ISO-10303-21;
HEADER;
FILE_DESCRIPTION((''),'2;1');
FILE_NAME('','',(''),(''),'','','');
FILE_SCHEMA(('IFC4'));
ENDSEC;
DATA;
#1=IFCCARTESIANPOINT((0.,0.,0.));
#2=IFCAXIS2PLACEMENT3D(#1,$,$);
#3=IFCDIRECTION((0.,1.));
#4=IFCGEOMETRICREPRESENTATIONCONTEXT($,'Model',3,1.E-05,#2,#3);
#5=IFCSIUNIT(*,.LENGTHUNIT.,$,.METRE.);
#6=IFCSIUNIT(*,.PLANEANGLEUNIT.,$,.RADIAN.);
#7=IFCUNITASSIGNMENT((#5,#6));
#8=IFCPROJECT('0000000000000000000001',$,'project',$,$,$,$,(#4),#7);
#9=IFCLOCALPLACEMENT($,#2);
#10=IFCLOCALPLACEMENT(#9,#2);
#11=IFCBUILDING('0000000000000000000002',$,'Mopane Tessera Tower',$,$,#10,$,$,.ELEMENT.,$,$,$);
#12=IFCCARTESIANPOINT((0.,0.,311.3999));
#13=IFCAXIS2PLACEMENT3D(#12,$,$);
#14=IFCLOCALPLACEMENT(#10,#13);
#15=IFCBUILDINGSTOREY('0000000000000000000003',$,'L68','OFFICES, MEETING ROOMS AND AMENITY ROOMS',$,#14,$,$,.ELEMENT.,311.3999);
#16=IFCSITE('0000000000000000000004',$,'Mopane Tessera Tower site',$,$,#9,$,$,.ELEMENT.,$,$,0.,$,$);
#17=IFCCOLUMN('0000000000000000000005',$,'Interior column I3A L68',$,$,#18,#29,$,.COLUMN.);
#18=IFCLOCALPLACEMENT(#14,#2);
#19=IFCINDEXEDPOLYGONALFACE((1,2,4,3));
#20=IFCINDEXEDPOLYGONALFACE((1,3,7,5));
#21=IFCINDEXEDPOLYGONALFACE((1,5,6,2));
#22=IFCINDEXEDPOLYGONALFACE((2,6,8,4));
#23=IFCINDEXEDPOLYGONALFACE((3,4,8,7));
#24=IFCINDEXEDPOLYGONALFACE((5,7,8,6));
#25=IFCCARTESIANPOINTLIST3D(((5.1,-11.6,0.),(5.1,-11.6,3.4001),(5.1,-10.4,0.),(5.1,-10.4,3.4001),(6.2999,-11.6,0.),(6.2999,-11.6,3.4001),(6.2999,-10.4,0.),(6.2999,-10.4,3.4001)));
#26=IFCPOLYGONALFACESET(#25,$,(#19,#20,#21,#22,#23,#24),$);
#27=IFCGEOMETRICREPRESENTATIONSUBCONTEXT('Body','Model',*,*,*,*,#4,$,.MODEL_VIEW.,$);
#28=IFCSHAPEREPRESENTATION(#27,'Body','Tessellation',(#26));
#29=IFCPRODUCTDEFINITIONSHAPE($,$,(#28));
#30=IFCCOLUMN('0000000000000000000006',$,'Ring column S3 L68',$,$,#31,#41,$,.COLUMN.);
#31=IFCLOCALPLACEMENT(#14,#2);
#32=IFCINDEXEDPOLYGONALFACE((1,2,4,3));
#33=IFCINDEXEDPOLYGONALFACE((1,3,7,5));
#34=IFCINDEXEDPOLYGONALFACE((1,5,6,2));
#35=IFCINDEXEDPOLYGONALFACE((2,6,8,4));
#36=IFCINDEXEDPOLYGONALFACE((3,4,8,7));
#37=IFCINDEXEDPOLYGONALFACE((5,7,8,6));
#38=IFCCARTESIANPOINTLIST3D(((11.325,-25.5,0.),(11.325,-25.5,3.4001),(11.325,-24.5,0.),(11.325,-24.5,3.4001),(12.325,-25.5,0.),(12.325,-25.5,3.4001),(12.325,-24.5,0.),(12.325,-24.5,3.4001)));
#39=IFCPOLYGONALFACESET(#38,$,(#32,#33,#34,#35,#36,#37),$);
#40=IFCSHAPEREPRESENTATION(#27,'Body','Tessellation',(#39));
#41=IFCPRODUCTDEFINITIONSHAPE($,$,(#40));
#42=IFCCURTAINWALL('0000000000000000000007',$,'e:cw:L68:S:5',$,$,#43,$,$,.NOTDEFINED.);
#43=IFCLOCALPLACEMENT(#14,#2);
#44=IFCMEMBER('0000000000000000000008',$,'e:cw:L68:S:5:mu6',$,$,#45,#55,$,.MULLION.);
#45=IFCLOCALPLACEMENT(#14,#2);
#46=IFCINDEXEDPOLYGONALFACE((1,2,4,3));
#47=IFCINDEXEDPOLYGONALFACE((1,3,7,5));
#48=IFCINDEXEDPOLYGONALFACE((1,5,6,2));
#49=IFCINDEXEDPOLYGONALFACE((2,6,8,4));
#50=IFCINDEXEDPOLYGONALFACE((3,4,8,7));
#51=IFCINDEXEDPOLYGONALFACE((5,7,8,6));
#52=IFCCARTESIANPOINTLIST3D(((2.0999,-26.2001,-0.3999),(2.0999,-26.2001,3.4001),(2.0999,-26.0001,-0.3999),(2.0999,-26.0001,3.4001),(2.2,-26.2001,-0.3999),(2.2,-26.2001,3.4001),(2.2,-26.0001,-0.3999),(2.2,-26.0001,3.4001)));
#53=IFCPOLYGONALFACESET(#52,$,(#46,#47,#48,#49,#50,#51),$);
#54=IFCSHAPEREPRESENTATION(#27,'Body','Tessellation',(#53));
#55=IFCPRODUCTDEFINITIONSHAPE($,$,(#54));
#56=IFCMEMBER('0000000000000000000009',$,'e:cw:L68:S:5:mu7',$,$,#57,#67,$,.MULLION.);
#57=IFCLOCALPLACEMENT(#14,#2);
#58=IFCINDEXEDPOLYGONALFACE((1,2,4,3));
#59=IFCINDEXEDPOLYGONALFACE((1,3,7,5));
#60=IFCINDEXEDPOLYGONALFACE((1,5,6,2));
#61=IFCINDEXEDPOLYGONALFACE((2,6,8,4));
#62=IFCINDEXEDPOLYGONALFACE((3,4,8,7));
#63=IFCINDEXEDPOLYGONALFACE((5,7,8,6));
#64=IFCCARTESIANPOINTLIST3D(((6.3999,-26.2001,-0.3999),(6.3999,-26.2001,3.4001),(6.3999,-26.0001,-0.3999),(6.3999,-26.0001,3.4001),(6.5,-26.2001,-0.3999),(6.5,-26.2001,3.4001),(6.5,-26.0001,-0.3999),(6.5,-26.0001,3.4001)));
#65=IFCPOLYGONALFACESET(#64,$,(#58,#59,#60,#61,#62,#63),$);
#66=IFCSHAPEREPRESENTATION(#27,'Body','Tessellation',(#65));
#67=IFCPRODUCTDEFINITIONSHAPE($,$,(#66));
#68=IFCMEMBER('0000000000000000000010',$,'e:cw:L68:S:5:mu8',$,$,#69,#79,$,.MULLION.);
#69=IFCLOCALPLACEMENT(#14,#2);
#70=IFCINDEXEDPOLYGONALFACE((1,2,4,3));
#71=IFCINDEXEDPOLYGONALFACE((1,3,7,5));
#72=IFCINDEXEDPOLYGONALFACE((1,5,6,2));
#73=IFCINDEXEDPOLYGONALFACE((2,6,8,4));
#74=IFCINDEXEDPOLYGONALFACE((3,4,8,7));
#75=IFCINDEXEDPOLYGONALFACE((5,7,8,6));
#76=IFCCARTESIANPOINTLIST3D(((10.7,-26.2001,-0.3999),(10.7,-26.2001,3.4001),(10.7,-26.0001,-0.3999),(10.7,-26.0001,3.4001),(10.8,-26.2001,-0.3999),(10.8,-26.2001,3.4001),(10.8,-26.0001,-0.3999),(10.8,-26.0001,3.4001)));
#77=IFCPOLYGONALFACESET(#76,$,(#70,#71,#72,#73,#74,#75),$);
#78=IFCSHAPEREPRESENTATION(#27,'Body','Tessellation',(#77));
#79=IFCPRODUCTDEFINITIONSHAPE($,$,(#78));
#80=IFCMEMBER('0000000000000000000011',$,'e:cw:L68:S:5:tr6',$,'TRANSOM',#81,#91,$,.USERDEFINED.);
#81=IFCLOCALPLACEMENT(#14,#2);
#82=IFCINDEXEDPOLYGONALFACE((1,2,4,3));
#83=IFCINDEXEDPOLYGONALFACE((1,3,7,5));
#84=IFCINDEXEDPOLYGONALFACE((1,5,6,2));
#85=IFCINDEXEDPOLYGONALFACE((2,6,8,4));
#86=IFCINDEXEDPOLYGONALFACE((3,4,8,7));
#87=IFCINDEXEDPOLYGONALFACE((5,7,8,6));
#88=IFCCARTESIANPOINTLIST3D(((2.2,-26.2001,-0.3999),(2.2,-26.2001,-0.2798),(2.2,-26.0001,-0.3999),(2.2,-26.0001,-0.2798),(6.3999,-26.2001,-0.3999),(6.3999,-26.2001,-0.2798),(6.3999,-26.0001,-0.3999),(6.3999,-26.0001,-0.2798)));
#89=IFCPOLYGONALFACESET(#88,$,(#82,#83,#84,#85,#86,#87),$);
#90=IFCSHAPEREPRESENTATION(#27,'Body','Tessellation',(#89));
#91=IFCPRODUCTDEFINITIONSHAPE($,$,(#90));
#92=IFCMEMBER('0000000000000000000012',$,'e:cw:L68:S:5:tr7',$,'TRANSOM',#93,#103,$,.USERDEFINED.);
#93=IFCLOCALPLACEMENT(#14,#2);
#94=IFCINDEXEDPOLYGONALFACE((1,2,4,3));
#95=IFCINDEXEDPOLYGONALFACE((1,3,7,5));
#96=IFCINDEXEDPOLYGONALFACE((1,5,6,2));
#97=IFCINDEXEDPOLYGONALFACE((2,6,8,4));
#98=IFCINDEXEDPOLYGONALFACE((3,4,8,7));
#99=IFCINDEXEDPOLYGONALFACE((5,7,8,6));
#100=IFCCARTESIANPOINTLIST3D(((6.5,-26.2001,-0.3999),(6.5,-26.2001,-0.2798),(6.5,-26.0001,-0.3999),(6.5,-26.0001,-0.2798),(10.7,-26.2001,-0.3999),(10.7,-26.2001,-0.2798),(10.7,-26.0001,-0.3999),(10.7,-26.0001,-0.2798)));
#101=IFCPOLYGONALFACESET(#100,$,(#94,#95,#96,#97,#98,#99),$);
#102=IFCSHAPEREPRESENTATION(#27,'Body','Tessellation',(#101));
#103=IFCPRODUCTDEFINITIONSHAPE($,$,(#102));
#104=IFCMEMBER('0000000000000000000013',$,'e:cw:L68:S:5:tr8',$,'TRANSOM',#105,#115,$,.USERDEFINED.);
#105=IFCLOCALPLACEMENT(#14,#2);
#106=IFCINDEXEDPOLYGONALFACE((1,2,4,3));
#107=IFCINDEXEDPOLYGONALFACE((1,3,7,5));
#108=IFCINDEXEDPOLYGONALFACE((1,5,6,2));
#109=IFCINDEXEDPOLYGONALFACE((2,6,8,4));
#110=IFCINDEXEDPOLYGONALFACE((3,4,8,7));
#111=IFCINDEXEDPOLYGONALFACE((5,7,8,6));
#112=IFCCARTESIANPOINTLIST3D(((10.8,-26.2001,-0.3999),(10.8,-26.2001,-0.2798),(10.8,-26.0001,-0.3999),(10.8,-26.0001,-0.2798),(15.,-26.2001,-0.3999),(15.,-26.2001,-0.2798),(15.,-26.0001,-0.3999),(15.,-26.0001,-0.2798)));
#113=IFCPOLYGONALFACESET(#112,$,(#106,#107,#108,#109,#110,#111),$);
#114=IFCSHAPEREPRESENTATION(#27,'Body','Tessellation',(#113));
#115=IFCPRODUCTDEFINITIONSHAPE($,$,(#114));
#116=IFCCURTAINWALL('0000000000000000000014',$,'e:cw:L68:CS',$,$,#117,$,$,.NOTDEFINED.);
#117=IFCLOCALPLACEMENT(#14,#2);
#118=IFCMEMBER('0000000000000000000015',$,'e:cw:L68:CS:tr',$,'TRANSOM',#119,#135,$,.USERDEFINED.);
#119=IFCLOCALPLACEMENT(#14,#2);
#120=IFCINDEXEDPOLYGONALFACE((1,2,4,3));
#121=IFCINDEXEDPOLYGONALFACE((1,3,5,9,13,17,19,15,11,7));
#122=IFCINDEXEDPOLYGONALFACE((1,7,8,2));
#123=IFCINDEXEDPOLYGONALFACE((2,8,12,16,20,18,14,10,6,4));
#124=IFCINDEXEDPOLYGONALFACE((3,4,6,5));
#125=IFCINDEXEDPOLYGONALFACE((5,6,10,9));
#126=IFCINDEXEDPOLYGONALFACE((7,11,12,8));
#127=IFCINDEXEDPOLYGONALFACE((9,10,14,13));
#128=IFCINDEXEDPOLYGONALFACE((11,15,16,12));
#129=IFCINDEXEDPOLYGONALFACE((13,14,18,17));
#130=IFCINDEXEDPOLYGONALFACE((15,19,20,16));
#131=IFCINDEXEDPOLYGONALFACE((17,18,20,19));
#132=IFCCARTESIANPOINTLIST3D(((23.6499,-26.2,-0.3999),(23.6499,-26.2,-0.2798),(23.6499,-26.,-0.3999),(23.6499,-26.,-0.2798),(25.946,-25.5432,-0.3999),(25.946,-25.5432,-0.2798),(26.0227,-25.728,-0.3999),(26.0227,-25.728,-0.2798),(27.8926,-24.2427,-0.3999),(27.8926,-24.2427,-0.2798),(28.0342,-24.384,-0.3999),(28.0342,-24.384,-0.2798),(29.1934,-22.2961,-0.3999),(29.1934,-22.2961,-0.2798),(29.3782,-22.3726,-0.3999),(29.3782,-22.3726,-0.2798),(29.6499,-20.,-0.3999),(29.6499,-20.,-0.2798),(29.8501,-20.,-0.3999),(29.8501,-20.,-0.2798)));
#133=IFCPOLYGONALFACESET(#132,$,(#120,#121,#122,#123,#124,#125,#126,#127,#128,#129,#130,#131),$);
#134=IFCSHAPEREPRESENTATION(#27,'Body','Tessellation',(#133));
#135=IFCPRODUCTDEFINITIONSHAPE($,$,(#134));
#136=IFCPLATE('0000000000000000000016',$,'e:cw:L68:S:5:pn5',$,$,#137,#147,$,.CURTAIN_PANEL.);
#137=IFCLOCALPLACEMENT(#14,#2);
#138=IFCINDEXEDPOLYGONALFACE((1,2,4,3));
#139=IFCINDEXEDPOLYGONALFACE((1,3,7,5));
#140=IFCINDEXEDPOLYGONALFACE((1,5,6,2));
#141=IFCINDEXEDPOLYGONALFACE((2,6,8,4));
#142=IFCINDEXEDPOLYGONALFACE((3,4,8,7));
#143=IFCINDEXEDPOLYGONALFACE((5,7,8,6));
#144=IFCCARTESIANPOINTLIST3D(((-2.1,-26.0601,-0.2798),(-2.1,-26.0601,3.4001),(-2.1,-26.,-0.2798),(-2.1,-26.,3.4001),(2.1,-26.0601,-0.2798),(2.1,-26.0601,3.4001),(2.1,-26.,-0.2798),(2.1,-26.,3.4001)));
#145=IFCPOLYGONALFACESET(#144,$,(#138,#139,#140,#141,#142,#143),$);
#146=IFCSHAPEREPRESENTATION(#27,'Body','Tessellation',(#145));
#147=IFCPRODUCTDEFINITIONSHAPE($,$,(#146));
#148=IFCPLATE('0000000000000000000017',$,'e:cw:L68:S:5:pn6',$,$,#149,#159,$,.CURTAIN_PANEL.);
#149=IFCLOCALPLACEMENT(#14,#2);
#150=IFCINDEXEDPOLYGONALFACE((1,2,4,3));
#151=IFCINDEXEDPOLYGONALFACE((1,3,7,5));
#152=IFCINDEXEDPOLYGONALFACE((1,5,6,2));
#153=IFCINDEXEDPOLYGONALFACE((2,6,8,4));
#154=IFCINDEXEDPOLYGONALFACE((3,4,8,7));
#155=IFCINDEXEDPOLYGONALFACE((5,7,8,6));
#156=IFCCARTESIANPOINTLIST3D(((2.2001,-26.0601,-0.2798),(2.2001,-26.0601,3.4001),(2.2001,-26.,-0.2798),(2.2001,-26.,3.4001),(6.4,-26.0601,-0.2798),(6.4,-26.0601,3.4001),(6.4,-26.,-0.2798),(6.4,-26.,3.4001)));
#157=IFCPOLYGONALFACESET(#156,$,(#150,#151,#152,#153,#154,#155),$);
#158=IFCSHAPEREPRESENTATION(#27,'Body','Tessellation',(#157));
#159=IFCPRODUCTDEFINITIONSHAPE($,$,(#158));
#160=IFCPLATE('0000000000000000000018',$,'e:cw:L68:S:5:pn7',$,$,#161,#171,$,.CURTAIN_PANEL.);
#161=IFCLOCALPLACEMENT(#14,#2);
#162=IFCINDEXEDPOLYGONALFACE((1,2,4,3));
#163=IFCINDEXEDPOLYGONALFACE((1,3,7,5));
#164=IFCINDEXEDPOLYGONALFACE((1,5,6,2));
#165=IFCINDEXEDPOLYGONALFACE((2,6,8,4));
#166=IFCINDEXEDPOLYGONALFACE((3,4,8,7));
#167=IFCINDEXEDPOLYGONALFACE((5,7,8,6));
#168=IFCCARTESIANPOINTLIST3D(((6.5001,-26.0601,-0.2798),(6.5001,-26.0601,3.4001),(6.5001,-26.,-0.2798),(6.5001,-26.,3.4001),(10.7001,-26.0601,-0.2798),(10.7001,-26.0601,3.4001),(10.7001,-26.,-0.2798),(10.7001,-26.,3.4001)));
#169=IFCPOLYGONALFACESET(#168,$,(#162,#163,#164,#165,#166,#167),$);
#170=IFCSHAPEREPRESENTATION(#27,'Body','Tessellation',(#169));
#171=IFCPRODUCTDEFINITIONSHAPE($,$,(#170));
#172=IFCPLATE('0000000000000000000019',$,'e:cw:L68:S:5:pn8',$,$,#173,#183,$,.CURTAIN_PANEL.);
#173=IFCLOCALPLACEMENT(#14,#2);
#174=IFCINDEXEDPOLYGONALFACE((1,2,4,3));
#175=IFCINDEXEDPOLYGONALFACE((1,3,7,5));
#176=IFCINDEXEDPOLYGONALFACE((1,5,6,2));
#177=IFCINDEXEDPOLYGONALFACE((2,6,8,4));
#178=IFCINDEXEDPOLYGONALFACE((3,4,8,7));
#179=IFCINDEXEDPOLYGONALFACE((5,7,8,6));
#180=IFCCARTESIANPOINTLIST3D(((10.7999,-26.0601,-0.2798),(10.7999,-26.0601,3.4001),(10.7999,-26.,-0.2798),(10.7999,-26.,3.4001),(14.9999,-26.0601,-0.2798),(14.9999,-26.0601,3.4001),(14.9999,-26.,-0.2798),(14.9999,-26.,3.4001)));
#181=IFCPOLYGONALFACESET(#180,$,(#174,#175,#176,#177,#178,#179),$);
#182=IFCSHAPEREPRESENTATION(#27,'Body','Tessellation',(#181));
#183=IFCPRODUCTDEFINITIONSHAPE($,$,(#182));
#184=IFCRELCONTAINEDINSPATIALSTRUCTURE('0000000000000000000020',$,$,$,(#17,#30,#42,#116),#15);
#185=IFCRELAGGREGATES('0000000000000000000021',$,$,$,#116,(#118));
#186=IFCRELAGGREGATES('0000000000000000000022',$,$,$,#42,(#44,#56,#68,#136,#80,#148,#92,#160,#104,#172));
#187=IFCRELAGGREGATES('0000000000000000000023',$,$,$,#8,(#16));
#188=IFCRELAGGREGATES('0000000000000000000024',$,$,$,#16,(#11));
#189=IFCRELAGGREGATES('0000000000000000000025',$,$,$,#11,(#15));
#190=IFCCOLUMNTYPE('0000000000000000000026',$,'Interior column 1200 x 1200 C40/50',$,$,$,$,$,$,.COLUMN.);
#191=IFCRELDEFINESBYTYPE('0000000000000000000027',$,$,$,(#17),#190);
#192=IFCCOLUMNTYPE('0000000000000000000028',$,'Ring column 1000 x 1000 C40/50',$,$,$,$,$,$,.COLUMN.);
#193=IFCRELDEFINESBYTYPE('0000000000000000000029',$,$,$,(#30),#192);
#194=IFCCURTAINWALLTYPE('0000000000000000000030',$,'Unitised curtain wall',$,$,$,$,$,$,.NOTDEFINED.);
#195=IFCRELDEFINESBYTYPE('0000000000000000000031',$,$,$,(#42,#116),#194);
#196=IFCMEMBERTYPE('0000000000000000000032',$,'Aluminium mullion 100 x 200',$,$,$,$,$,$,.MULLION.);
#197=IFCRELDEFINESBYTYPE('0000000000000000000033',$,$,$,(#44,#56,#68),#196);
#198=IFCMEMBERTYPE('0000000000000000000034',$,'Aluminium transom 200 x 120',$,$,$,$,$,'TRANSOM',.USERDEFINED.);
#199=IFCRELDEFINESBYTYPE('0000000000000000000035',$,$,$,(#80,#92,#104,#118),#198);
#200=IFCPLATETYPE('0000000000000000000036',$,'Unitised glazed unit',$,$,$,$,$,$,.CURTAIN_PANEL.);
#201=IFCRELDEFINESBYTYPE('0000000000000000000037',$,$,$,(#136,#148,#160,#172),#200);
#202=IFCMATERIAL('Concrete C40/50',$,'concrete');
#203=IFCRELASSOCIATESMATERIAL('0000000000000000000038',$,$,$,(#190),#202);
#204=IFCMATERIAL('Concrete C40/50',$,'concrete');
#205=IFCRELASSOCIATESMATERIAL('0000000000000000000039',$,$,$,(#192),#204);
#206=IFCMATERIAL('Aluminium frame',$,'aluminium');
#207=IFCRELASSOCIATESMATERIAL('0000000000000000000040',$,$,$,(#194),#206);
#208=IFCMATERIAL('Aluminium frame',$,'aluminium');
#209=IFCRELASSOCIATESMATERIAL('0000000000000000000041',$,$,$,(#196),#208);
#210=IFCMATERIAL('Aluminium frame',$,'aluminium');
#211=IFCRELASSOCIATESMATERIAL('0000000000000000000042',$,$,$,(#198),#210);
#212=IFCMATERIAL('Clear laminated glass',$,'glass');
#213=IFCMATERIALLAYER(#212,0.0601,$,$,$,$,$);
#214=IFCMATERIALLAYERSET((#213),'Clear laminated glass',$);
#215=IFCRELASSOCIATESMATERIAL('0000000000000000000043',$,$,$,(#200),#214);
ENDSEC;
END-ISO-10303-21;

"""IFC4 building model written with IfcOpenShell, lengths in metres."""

from ifc_helpers import new_model, si_unit, direction, frame, origin, origin_2d, place, context, subcontext, project, spatial, polyline, rectangle, outline, extrude, material, layer, layer_set, material_profile, profile_set, type_object, element, aggregate, save


model = new_model("IFC4")

# Units and contexts
model_context = context("Model", 3, precision=1e-05, world=origin(), true_north=direction((0.0, 1.0)))
body_context = subcontext(model_context, "Body", "Model", "MODEL_VIEW")
ifc_project = project(units=[si_unit("LENGTHUNIT", "METRE"), si_unit("PLANEANGLEUNIT", "RADIAN")], contexts=[model_context])

# Site, building, storey
site_placement = place(None, origin())
site = spatial("IfcSite", under=ifc_project, at=site_placement, Name="Mopane Tessera Tower site", CompositionType="ELEMENT", RefElevation=0.0)
building_placement = place(site_placement, origin())
building = spatial("IfcBuilding", under=site, at=building_placement, Name="Mopane Tessera Tower", CompositionType="ELEMENT")
storey_placement = place(building_placement, frame((0.0, 0.0, 311.3999)))
storey = spatial("IfcBuildingStorey", under=building, at=storey_placement, Name="L68", Description="OFFICES, MEETING ROOMS AND AMENITY ROOMS", CompositionType="ELEMENT", Elevation=311.3999)

# Columns
ifc_material_1 = material(Name="Concrete C40/50", Category="concrete")
ifc_material_profile_1 = material_profile(ifc_material_1, rectangle(XDim=1.2, YDim=1.2, at=origin_2d()))
ifc_profile_set_1 = profile_set([ifc_material_profile_1], Name="Concrete C40/50")
column_type_1 = type_object("IfcColumnType", Name="Interior column 1200 x 1200 C40/50", PredefinedType="COLUMN", material=ifc_profile_set_1)
column_1_placement = place(storey_placement, frame((5.7, -11.0, 0.0), z_axis=(0.0, 0.0, 1.0), x_axis=(1.0, 0.0, 0.0)))
element("IfcColumn", 1, at=column_1_placement, inside=storey, type_object=column_type_1, Name="Interior column I3A L68", PredefinedType="COLUMN", context=body_context, shape_type="SweptSolid", body=[
    extrude(rectangle(XDim=1.2, YDim=1.2, at=origin_2d()), origin(), (0.0, 0.0, 1.0), 3.4001),
])
ifc_material_2 = material(Name="Concrete C40/50", Category="concrete")
ifc_material_profile_2 = material_profile(ifc_material_2, rectangle(XDim=1.0, YDim=1.0, at=origin_2d()))
ifc_profile_set_2 = profile_set([ifc_material_profile_2], Name="Concrete C40/50")
column_type_2 = type_object("IfcColumnType", Name="Ring column 1000 x 1000 C40/50", PredefinedType="COLUMN", material=ifc_profile_set_2)
column_2_placement = place(storey_placement, frame((11.825, -25.0, 0.0), z_axis=(0.0, 0.0, 1.0), x_axis=(1.0, 0.0, 0.0)))
element("IfcColumn", 2, at=column_2_placement, inside=storey, type_object=column_type_2, Name="Ring column S3 L68", PredefinedType="COLUMN", context=body_context, shape_type="SweptSolid", body=[
    extrude(rectangle(XDim=1.0, YDim=1.0, at=origin_2d()), origin(), (0.0, 0.0, 1.0), 3.4001),
])

# Curtain wall, members
ifc_material_3 = material(Name="Aluminium frame", Category="aluminium")
curtain_wall_type = type_object("IfcCurtainWallType", Name="Unitised curtain wall", PredefinedType="NOTDEFINED", material=ifc_material_3)
curtain_wall_1_placement = place(storey_placement, origin())
curtain_wall_1 = element("IfcCurtainWall", 3, at=curtain_wall_1_placement, inside=storey, type_object=curtain_wall_type, Name="e:cw:L68:S:5", PredefinedType="NOTDEFINED")
ifc_material_4 = material(Name="Aluminium frame", Category="aluminium")
ifc_material_profile_3 = material_profile(ifc_material_4, rectangle(XDim=0.1001, YDim=0.2, at=origin_2d()))
ifc_profile_set_3 = profile_set([ifc_material_profile_3], Name="Aluminium frame")
member_type_1 = type_object("IfcMemberType", Name="Aluminium mullion 100 x 200", PredefinedType="MULLION", material=ifc_profile_set_3)
member_1_placement = place(storey_placement, frame((2.1499, -26.1001, -0.3999), z_axis=(0.0, 0.0, 1.0), x_axis=(1.0, 0.0, 0.0)))
member_1 = element("IfcMember", 4, at=member_1_placement, type_object=member_type_1, Name="e:cw:L68:S:5:mu6", PredefinedType="MULLION", context=body_context, shape_type="SweptSolid", body=[
    extrude(rectangle(XDim=0.1001, YDim=0.2, at=origin_2d()), origin(), (0.0, 0.0, 1.0), 3.8),
])
member_2_placement = place(storey_placement, frame((6.45, -26.1001, -0.3999), z_axis=(0.0, 0.0, 1.0), x_axis=(1.0, 0.0, 0.0)))
member_2 = element("IfcMember", 5, at=member_2_placement, type_object=member_type_1, Name="e:cw:L68:S:5:mu7", PredefinedType="MULLION", context=body_context, shape_type="SweptSolid", body=[
    extrude(rectangle(XDim=0.1001, YDim=0.2, at=origin_2d()), origin(), (0.0, 0.0, 1.0), 3.8),
])
member_3_placement = place(storey_placement, frame((10.75, -26.1001, -0.3999), z_axis=(0.0, 0.0, 1.0), x_axis=(1.0, 0.0, 0.0)))
member_3 = element("IfcMember", 6, at=member_3_placement, type_object=member_type_1, Name="e:cw:L68:S:5:mu8", PredefinedType="MULLION", context=body_context, shape_type="SweptSolid", body=[
    extrude(rectangle(XDim=0.1001, YDim=0.2, at=origin_2d()), origin(), (0.0, 0.0, 1.0), 3.8),
])
ifc_material_5 = material(Name="Aluminium frame", Category="aluminium")
ifc_material_profile_4 = material_profile(ifc_material_5, rectangle(XDim=0.2, YDim=0.1201, at=origin_2d()))
ifc_profile_set_4 = profile_set([ifc_material_profile_4], Name="Aluminium frame")
member_type_2 = type_object("IfcMemberType", Name="Aluminium transom 200 x 120", ElementType="TRANSOM", PredefinedType="USERDEFINED", material=ifc_profile_set_4)
member_4_placement = place(storey_placement, frame((2.2, -26.1001, -0.3398), z_axis=(1.0, 0.0, 0.0), x_axis=(0.0, 1.0, 0.0)))
member_4 = element("IfcMember", 7, at=member_4_placement, type_object=member_type_2, Name="e:cw:L68:S:5:tr6", ObjectType="TRANSOM", PredefinedType="USERDEFINED", context=body_context, shape_type="SweptSolid", body=[
    extrude(rectangle(XDim=0.2, YDim=0.1201, at=origin_2d()), origin(), (0.0, 0.0, 1.0), 4.2),
])
member_5_placement = place(storey_placement, frame((6.5, -26.1001, -0.3398), z_axis=(1.0, 0.0, 0.0), x_axis=(0.0, 1.0, 0.0)))
member_5 = element("IfcMember", 8, at=member_5_placement, type_object=member_type_2, Name="e:cw:L68:S:5:tr7", ObjectType="TRANSOM", PredefinedType="USERDEFINED", context=body_context, shape_type="SweptSolid", body=[
    extrude(rectangle(XDim=0.2, YDim=0.1201, at=origin_2d()), origin(), (0.0, 0.0, 1.0), 4.2),
])
member_6_placement = place(storey_placement, frame((10.8, -26.1001, -0.3398), z_axis=(1.0, 0.0, 0.0), x_axis=(0.0, 1.0, 0.0)))
member_6 = element("IfcMember", 9, at=member_6_placement, type_object=member_type_2, Name="e:cw:L68:S:5:tr8", ObjectType="TRANSOM", PredefinedType="USERDEFINED", context=body_context, shape_type="SweptSolid", body=[
    extrude(rectangle(XDim=0.2, YDim=0.1201, at=origin_2d()), origin(), (0.0, 0.0, 1.0), 4.2),
])

# Curtain wall, member
curtain_wall_2_placement = place(storey_placement, origin())
curtain_wall_2 = element("IfcCurtainWall", 10, at=curtain_wall_2_placement, inside=storey, type_object=curtain_wall_type, Name="e:cw:L68:CS", PredefinedType="NOTDEFINED")
member_7_placement = place(storey_placement, frame((0.0, 0.0, -0.3999)))
member_7 = element("IfcMember", 11, at=member_7_placement, type_object=member_type_2, Name="e:cw:L68:CS:tr", ObjectType="TRANSOM", PredefinedType="USERDEFINED", context=body_context, shape_type="SweptSolid", body=[
    extrude(outline(polyline([(23.6499, -26.0), (25.946, -25.5432), (27.8926, -24.2427), (29.1934, -22.2961), (29.6499, -20.0), (29.8501, -20.0), (29.3782, -22.3726), (28.0342, -24.384), (26.0227, -25.728), (23.6499, -26.2), (23.6499, -26.0)])), origin(), (0.0, 0.0, 1.0), 0.1201),
])
aggregate(curtain_wall_2, [member_7])

# Plates
ifc_material_6 = material(Name="Clear laminated glass", Category="glass")
ifc_layer_1 = layer(ifc_material_6, 0.0601)
ifc_layer_set_1 = layer_set([ifc_layer_1], Name="Clear laminated glass")
plate_type = type_object("IfcPlateType", Name="Unitised glazed unit", PredefinedType="CURTAIN_PANEL", material=ifc_layer_set_1)
plate_1_placement = place(storey_placement, frame((0.0, -26.03, -0.2798), z_axis=(0.0, 0.0, 1.0), x_axis=(1.0, 0.0, 0.0)))
plate_1 = element("IfcPlate", 12, at=plate_1_placement, type_object=plate_type, Name="e:cw:L68:S:5:pn5", PredefinedType="CURTAIN_PANEL", context=body_context, shape_type="SweptSolid", body=[
    extrude(rectangle(XDim=4.2, YDim=0.0601, at=origin_2d()), origin(), (0.0, 0.0, 1.0), 3.6799),
])
plate_2_placement = place(storey_placement, frame((4.3, -26.03, -0.2798), z_axis=(0.0, 0.0, 1.0), x_axis=(1.0, 0.0, 0.0)))
plate_2 = element("IfcPlate", 13, at=plate_2_placement, type_object=plate_type, Name="e:cw:L68:S:5:pn6", PredefinedType="CURTAIN_PANEL", context=body_context, shape_type="SweptSolid", body=[
    extrude(rectangle(XDim=4.2, YDim=0.0601, at=origin_2d()), origin(), (0.0, 0.0, 1.0), 3.6799),
])
plate_3_placement = place(storey_placement, frame((8.6001, -26.03, -0.2798), z_axis=(0.0, 0.0, 1.0), x_axis=(1.0, 0.0, 0.0)))
plate_3 = element("IfcPlate", 14, at=plate_3_placement, type_object=plate_type, Name="e:cw:L68:S:5:pn7", PredefinedType="CURTAIN_PANEL", context=body_context, shape_type="SweptSolid", body=[
    extrude(rectangle(XDim=4.2, YDim=0.0601, at=origin_2d()), origin(), (0.0, 0.0, 1.0), 3.6799),
])
plate_4_placement = place(storey_placement, frame((12.8999, -26.03, -0.2798), z_axis=(0.0, 0.0, 1.0), x_axis=(1.0, 0.0, 0.0)))
plate_4 = element("IfcPlate", 15, at=plate_4_placement, type_object=plate_type, Name="e:cw:L68:S:5:pn8", PredefinedType="CURTAIN_PANEL", context=body_context, shape_type="SweptSolid", body=[
    extrude(rectangle(XDim=4.2, YDim=0.0601, at=origin_2d()), origin(), (0.0, 0.0, 1.0), 3.6799),
])
aggregate(curtain_wall_1, [member_1, member_2, member_3, plate_1, member_4, plate_2, member_5, plate_3, member_6, plate_4])

save(model, "model.ifc")
